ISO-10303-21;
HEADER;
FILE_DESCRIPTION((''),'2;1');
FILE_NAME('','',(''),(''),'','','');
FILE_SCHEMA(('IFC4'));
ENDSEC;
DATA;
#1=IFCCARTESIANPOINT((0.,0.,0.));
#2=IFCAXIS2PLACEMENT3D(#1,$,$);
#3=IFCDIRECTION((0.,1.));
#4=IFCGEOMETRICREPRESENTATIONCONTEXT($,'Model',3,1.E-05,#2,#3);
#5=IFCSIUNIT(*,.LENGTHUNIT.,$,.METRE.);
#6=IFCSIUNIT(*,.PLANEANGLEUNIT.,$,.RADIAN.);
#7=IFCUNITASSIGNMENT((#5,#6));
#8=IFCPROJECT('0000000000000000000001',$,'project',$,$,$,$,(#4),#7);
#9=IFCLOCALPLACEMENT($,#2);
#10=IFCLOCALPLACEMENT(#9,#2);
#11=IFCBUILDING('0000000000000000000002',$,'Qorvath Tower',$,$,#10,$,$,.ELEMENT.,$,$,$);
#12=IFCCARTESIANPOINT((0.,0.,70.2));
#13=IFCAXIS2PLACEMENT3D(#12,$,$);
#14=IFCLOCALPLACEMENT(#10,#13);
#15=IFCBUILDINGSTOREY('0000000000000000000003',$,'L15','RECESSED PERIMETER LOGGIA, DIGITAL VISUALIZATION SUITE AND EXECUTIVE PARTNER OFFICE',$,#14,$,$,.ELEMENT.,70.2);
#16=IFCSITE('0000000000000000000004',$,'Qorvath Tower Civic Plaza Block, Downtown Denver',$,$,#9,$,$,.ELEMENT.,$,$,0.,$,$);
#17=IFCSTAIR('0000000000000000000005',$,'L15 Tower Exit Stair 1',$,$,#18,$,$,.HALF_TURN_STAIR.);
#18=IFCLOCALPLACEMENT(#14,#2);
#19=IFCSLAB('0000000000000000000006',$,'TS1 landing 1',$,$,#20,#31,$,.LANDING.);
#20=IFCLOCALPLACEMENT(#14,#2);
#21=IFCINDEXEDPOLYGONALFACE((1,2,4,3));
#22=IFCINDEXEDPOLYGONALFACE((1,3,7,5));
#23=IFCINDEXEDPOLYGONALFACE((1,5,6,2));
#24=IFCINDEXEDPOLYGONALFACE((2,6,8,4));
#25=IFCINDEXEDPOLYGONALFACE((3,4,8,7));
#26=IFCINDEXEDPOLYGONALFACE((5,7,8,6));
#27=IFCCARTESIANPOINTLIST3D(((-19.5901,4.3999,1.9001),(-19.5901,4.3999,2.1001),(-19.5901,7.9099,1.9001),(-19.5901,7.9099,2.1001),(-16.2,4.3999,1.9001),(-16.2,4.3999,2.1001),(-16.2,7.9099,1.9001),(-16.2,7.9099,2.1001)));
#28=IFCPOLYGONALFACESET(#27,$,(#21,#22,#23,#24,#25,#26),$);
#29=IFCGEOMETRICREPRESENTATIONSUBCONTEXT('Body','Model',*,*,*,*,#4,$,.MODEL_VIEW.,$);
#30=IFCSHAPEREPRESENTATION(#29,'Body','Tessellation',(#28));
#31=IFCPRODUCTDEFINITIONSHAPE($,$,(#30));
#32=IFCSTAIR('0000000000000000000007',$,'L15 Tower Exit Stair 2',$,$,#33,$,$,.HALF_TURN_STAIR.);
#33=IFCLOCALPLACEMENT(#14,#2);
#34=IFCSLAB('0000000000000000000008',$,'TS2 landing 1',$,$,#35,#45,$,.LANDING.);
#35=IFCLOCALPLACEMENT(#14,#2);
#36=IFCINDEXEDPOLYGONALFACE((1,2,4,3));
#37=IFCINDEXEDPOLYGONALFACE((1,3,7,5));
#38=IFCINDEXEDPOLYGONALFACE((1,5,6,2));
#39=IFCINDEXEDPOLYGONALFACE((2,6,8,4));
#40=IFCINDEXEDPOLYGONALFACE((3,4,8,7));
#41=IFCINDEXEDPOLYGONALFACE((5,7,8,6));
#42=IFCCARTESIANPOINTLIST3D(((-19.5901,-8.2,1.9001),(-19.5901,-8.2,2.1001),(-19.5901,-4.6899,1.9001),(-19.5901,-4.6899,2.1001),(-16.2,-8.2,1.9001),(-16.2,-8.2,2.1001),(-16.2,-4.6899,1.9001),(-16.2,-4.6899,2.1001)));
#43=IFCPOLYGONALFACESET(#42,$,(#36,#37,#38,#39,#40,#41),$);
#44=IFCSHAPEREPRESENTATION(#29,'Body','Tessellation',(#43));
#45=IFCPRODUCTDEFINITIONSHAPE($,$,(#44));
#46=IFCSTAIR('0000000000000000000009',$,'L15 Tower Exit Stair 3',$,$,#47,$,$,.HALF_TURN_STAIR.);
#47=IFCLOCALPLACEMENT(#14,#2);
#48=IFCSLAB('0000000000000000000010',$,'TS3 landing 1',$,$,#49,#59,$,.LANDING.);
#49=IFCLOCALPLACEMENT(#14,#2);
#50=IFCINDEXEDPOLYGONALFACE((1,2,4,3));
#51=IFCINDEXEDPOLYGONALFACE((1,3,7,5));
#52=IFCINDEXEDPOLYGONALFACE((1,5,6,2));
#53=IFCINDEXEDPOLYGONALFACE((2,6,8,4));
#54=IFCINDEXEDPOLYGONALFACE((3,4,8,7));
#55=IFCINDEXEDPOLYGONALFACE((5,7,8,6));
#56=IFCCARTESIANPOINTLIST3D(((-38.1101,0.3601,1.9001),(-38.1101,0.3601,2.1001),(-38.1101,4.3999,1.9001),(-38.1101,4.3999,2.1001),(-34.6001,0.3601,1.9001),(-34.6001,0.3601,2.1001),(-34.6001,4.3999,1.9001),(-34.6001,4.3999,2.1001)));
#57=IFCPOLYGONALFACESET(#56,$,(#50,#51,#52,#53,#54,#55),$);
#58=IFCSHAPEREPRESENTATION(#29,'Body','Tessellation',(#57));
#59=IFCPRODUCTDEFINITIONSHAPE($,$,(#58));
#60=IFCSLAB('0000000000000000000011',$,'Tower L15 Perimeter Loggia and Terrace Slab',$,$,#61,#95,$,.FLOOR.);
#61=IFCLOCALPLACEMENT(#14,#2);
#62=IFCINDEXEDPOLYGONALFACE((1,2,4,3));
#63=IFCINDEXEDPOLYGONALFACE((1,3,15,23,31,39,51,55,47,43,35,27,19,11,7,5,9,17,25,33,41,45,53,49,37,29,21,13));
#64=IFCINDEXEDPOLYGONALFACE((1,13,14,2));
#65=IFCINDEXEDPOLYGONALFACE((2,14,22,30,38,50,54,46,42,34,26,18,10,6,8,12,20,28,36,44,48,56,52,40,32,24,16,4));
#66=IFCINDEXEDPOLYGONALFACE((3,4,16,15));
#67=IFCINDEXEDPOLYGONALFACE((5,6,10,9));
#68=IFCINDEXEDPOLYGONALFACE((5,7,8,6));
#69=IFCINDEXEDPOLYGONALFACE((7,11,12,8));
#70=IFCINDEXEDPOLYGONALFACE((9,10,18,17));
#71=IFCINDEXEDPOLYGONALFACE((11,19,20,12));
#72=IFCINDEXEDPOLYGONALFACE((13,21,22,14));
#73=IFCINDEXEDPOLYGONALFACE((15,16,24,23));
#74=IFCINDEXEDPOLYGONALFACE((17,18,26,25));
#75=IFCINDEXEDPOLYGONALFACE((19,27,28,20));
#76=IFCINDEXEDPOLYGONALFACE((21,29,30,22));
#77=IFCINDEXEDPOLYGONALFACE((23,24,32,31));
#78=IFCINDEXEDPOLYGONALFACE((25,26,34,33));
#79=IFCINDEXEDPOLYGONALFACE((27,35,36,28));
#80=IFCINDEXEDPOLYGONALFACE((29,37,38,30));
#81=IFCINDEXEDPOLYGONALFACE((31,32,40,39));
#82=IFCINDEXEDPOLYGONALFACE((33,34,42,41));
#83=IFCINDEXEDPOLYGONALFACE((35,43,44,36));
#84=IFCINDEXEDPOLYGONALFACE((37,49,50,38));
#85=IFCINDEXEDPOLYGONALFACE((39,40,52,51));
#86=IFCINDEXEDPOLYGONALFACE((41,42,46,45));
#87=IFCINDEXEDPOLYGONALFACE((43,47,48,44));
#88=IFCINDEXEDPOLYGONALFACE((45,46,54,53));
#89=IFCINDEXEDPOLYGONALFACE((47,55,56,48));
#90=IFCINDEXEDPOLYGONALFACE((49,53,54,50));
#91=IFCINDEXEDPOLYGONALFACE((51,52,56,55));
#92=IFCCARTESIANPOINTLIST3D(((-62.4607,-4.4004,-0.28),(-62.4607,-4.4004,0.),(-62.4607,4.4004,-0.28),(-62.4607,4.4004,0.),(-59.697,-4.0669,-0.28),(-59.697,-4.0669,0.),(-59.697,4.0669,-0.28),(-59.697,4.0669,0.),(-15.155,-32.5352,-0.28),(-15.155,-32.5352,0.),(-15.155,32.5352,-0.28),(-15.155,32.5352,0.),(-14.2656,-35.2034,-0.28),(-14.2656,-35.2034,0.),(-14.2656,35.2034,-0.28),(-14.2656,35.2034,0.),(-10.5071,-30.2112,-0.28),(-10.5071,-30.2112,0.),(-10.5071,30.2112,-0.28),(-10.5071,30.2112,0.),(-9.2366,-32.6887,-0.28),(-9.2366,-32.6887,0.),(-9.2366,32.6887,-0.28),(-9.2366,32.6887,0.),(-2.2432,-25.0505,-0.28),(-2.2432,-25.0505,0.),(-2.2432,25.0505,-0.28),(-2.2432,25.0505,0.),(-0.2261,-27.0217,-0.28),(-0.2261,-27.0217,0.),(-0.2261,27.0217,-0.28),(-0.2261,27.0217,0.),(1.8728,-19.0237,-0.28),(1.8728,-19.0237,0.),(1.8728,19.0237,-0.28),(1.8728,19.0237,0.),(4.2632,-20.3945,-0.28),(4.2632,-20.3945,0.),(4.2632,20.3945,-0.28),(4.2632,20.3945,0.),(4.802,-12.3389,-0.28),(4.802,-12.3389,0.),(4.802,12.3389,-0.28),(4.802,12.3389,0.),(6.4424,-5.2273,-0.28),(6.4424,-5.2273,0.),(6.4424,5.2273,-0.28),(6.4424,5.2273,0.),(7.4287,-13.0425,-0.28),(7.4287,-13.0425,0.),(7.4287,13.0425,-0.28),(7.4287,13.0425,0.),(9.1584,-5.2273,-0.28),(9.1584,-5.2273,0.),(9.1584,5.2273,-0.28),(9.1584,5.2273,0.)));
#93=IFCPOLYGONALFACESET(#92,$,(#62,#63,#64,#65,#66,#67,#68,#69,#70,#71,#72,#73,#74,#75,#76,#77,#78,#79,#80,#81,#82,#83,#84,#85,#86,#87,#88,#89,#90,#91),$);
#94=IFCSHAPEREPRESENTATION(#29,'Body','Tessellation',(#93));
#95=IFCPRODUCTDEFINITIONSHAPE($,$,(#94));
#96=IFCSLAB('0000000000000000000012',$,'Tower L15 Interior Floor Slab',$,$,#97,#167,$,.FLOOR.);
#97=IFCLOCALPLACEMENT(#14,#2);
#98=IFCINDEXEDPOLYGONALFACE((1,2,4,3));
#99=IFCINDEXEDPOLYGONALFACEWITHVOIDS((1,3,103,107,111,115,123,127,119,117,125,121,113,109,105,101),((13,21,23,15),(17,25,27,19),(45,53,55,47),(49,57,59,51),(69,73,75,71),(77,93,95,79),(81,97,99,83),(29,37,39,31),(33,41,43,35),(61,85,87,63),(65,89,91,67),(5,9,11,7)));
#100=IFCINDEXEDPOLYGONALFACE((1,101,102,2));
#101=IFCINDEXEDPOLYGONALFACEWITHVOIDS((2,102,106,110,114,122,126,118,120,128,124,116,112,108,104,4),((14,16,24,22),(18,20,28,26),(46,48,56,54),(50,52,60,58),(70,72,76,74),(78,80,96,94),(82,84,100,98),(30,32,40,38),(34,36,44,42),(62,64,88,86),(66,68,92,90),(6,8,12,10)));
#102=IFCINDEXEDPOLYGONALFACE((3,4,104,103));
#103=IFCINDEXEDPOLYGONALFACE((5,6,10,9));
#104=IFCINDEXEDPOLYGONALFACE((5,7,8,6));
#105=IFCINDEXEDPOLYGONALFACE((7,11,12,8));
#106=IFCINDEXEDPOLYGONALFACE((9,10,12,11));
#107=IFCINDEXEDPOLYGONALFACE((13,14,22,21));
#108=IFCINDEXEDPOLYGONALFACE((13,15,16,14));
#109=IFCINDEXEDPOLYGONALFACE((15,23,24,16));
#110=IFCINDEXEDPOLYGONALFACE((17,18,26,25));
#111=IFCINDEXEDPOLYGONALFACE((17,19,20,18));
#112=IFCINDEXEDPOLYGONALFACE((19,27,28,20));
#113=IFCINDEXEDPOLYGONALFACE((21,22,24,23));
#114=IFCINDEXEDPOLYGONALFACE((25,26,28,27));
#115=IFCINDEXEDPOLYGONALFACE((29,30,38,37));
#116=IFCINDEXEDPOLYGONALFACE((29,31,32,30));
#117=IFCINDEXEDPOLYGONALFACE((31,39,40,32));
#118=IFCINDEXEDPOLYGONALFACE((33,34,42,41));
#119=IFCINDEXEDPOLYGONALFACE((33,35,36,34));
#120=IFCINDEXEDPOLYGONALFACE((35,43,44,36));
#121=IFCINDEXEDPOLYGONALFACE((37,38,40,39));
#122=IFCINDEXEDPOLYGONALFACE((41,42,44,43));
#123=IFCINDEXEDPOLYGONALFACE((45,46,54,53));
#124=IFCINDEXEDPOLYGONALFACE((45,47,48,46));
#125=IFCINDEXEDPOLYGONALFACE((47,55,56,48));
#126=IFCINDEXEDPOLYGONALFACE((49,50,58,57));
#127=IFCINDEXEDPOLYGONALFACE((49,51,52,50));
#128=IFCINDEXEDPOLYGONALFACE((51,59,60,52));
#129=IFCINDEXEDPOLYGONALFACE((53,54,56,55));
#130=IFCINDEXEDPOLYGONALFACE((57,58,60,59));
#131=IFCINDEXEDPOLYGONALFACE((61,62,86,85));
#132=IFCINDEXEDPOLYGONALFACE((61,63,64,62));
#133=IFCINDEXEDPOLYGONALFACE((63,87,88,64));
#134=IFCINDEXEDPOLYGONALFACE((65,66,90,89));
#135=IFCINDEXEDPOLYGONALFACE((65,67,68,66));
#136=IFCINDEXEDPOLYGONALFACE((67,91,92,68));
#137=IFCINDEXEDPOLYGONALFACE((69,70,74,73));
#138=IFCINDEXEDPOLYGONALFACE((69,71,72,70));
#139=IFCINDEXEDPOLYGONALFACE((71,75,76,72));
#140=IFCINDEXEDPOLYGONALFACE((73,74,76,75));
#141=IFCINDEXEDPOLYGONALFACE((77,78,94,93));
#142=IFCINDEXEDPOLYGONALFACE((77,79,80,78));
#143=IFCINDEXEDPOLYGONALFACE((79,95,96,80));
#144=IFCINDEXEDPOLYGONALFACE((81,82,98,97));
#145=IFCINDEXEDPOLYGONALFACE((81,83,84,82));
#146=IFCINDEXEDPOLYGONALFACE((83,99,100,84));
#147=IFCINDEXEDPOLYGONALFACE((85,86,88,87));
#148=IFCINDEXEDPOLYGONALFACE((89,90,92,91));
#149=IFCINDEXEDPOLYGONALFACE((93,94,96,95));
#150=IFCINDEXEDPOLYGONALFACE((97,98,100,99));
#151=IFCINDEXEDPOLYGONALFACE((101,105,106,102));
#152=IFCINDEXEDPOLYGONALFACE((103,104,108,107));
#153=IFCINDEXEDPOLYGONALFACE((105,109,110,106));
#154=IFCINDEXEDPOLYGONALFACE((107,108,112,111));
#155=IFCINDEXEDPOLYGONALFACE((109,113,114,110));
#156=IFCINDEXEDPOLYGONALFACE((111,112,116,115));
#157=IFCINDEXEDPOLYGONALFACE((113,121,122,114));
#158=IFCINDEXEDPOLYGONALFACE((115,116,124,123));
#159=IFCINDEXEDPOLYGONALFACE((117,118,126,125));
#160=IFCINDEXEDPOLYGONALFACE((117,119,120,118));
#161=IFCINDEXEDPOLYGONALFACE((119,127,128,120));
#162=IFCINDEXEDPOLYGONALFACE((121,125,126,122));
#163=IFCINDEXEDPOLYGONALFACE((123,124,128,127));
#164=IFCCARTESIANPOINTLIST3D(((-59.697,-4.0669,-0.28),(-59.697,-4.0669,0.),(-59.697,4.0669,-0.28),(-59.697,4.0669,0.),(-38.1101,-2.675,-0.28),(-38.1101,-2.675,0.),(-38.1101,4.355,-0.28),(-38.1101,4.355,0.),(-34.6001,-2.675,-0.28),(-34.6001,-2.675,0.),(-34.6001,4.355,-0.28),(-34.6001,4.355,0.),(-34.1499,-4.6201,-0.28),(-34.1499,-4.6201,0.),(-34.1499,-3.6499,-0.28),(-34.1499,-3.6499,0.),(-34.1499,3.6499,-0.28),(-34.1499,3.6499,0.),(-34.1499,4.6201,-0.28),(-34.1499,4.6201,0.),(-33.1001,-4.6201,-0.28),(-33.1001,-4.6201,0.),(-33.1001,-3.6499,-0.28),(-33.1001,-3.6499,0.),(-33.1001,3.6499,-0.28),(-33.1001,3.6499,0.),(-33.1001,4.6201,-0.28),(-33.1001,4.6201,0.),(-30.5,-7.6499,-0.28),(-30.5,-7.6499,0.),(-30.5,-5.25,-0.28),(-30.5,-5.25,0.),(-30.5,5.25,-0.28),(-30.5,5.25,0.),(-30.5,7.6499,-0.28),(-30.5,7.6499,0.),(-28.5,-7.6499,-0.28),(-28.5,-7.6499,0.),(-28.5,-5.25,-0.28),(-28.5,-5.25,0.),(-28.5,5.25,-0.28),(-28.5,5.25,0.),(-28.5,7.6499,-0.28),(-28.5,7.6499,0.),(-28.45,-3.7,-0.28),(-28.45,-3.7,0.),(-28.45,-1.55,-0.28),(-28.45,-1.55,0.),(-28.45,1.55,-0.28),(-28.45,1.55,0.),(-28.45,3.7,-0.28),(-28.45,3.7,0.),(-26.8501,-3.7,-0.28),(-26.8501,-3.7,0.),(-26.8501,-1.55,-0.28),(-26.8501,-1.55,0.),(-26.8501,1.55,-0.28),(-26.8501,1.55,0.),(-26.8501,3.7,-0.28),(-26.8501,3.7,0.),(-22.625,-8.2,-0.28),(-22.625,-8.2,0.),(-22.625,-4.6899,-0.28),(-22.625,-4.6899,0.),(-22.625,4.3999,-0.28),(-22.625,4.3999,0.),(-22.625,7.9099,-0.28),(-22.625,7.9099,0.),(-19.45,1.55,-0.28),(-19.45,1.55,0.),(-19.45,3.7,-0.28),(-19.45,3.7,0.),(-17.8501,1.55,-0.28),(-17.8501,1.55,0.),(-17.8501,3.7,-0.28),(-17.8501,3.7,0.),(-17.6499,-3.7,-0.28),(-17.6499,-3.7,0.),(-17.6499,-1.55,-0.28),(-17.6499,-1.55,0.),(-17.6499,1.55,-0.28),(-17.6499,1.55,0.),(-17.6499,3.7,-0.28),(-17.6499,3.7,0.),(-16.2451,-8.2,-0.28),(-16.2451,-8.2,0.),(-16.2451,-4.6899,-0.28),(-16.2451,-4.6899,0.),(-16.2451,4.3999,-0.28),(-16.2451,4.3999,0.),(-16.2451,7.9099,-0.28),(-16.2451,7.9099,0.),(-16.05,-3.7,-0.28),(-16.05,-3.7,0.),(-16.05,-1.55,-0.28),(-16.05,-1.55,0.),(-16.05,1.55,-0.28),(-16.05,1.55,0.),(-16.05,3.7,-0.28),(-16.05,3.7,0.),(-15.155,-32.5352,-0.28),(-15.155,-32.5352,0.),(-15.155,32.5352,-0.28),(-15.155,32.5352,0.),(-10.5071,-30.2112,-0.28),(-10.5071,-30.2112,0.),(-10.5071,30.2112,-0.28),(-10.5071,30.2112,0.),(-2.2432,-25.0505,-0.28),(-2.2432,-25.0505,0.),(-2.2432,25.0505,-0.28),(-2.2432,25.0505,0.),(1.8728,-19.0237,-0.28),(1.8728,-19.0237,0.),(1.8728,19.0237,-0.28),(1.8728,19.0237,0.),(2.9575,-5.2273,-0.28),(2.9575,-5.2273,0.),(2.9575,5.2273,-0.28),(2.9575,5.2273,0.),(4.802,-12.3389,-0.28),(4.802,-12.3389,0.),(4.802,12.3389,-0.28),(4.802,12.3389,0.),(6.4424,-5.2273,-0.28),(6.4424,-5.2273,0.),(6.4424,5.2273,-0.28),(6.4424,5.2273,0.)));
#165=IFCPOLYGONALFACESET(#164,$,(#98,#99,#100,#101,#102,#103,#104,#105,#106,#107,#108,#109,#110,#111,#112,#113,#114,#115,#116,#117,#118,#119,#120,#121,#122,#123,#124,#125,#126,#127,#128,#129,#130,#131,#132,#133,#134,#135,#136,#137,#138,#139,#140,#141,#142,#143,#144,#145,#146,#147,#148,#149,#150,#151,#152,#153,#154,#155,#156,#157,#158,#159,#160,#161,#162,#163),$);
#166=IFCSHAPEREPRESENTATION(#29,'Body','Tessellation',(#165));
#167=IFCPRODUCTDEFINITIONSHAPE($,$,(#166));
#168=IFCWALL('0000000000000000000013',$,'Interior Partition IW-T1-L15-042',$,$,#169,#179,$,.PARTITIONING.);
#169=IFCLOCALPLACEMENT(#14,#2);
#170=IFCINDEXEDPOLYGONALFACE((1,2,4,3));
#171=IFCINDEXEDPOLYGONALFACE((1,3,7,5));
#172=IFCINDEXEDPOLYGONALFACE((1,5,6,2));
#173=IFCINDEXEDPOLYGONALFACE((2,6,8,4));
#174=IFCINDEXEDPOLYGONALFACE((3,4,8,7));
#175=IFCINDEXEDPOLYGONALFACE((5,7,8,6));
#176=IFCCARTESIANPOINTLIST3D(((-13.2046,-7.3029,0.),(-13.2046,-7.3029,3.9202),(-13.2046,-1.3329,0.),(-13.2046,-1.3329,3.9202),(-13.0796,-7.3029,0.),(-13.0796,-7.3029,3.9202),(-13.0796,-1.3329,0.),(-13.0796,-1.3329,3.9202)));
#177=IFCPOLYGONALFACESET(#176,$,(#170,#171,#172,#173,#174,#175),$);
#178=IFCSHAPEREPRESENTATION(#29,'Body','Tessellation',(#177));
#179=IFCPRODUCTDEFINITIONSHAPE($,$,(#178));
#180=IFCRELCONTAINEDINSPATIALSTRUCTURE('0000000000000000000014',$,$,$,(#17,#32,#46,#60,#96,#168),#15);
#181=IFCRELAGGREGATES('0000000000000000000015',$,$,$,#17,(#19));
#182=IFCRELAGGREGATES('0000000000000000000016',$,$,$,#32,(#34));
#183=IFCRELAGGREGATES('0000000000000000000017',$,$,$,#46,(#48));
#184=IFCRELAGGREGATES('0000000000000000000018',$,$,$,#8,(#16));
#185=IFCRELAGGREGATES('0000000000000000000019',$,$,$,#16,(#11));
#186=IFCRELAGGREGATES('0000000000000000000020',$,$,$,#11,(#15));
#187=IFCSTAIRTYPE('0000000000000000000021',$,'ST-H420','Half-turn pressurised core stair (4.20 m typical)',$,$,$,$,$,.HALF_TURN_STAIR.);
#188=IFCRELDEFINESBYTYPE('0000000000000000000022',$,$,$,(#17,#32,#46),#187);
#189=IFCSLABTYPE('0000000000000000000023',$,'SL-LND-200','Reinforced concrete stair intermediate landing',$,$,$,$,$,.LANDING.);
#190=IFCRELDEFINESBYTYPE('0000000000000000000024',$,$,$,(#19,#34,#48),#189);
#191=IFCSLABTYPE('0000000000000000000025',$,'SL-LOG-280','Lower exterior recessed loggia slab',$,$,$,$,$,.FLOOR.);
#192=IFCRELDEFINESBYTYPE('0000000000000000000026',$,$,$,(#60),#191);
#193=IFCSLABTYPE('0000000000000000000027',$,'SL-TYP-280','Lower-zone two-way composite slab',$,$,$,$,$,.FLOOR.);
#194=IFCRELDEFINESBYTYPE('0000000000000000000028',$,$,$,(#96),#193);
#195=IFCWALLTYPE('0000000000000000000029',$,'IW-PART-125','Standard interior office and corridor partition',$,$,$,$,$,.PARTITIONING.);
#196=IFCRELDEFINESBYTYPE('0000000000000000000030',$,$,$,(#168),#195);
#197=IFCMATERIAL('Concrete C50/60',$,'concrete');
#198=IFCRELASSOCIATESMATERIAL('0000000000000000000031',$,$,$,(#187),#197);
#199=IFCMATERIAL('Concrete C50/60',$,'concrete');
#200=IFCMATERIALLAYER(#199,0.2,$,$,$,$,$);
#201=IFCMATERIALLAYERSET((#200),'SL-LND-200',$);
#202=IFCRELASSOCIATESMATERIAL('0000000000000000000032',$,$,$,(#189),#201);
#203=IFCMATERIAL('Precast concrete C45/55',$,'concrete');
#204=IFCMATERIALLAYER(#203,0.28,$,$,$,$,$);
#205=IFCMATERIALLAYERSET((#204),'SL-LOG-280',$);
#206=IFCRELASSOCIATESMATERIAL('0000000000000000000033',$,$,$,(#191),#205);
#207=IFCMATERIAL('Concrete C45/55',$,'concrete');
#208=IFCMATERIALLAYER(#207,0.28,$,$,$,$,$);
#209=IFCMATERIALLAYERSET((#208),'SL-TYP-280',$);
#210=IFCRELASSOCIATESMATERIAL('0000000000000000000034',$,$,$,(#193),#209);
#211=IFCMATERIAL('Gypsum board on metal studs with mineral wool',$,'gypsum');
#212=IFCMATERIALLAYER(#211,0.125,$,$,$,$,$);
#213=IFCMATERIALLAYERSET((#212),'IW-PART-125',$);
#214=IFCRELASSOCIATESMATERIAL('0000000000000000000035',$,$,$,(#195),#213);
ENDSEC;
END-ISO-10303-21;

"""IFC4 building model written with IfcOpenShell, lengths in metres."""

from ifc_helpers import new_model, si_unit, direction, frame, frame_2d, origin, place, context, subcontext, project, spatial, polyline, rectangle, outline, extrude, material, layer, layer_set, type_object, element, aggregate, save


model = new_model("IFC4")

# Units and contexts
model_context = context("Model", 3, precision=1e-05, world=origin(), true_north=direction((0.0, 1.0)))
body_context = subcontext(model_context, "Body", "Model", "MODEL_VIEW")
ifc_project = project(units=[si_unit("LENGTHUNIT", "METRE"), si_unit("PLANEANGLEUNIT", "RADIAN")], contexts=[model_context])

# Site, building, storey
site_placement = place(None, origin())
site = spatial("IfcSite", under=ifc_project, at=site_placement, Name="Qorvath Tower Civic Plaza Block, Downtown Denver", CompositionType="ELEMENT", RefElevation=0.0)
building_placement = place(site_placement, origin())
building = spatial("IfcBuilding", under=site, at=building_placement, Name="Qorvath Tower", CompositionType="ELEMENT")
storey_placement = place(building_placement, frame((0.0, 0.0, 70.2)))
storey = spatial("IfcBuildingStorey", under=building, at=storey_placement, Name="L15", Description="RECESSED PERIMETER LOGGIA, DIGITAL VISUALIZATION SUITE AND EXECUTIVE PARTNER OFFICE", CompositionType="ELEMENT", Elevation=70.2)

# Stairs, slabs
ifc_material_1 = material(Name="Concrete C50/60", Category="concrete")
stair_type = type_object("IfcStairType", Name="ST-H420", Description="Half-turn pressurised core stair (4.20 m typical)", PredefinedType="HALF_TURN_STAIR", material=ifc_material_1)
stair_1_placement = place(storey_placement, origin())
stair_1 = element("IfcStair", 1, at=stair_1_placement, inside=storey, type_object=stair_type, Name="L15 Tower Exit Stair 1", PredefinedType="HALF_TURN_STAIR")
ifc_material_2 = material(Name="Concrete C50/60", Category="concrete")
ifc_layer_1 = layer(ifc_material_2, 0.2)
ifc_layer_set_1 = layer_set([ifc_layer_1], Name="SL-LND-200")
slab_type_1 = type_object("IfcSlabType", Name="SL-LND-200", Description="Reinforced concrete stair intermediate landing", PredefinedType="LANDING", material=ifc_layer_set_1)
slab_1_placement = place(storey_placement, frame((0.0, 0.0, 1.9001)))
slab_1 = element("IfcSlab", 2, at=slab_1_placement, type_object=slab_type_1, Name="TS1 landing 1", PredefinedType="LANDING", context=body_context, shape_type="SweptSolid", body=[
    extrude(outline(polyline([(-19.5901, 4.3999), (-16.2, 4.3999), (-16.2, 7.9099), (-19.5901, 7.9099), (-19.5901, 4.3999)])), origin(), (0.0, 0.0, 1.0), 0.2),
])
aggregate(stair_1, [slab_1])
stair_2_placement = place(storey_placement, origin())
stair_2 = element("IfcStair", 3, at=stair_2_placement, inside=storey, type_object=stair_type, Name="L15 Tower Exit Stair 2", PredefinedType="HALF_TURN_STAIR")
slab_2_placement = place(storey_placement, frame((0.0, 0.0, 1.9001)))
slab_2 = element("IfcSlab", 4, at=slab_2_placement, type_object=slab_type_1, Name="TS2 landing 1", PredefinedType="LANDING", context=body_context, shape_type="SweptSolid", body=[
    extrude(outline(polyline([(-19.5901, -8.2), (-16.2, -8.2), (-16.2, -4.6899), (-19.5901, -4.6899), (-19.5901, -8.2)])), origin(), (0.0, 0.0, 1.0), 0.2),
])
aggregate(stair_2, [slab_2])
stair_3_placement = place(storey_placement, origin())
stair_3 = element("IfcStair", 5, at=stair_3_placement, inside=storey, type_object=stair_type, Name="L15 Tower Exit Stair 3", PredefinedType="HALF_TURN_STAIR")
slab_3_placement = place(storey_placement, frame((0.0, 0.0, 1.9001)))
slab_3 = element("IfcSlab", 6, at=slab_3_placement, type_object=slab_type_1, Name="TS3 landing 1", PredefinedType="LANDING", context=body_context, shape_type="SweptSolid", body=[
    extrude(outline(polyline([(-34.6001, 0.3601), (-34.6001, 4.3999), (-38.1101, 4.3999), (-38.1101, 0.3601), (-34.6001, 0.3601)])), origin(), (0.0, 0.0, 1.0), 0.2),
])
aggregate(stair_3, [slab_3])

# Slabs
ifc_material_3 = material(Name="Precast concrete C45/55", Category="concrete")
ifc_layer_2 = layer(ifc_material_3, 0.28)
ifc_layer_set_2 = layer_set([ifc_layer_2], Name="SL-LOG-280")
slab_type_2 = type_object("IfcSlabType", Name="SL-LOG-280", Description="Lower exterior recessed loggia slab", PredefinedType="FLOOR", material=ifc_layer_set_2)
slab_4_placement = place(storey_placement, frame((0.0, 0.0, -0.28)))
element("IfcSlab", 7, at=slab_4_placement, inside=storey, type_object=slab_type_2, Name="Tower L15 Perimeter Loggia and Terrace Slab", PredefinedType="FLOOR", context=body_context, shape_type="SweptSolid", body=[
    extrude(outline(polyline([(6.4424, -5.2273), (4.802, -12.3389), (1.8728, -19.0237), (-2.2432, -25.0505), (-10.5071, -30.2112), (-15.155, -32.5352), (-59.697, -4.0669), (-59.697, 4.0669), (-15.155, 32.5352), (-10.5071, 30.2112), (-2.2432, 25.0505), (1.8728, 19.0237), (4.802, 12.3389), (6.4424, 5.2273), (9.1584, 5.2273), (7.4287, 13.0425), (4.2632, 20.3945), (-0.2261, 27.0217), (-9.2366, 32.6887), (-14.2656, 35.2034), (-62.4607, 4.4004), (-62.4607, -4.4004), (-14.2656, -35.2034), (-9.2366, -32.6887), (-0.2261, -27.0217), (4.2632, -20.3945), (7.4287, -13.0425), (9.1584, -5.2273), (6.4424, -5.2273)])), origin(), (0.0, 0.0, 1.0), 0.28),
])
ifc_material_4 = material(Name="Concrete C45/55", Category="concrete")
ifc_layer_3 = layer(ifc_material_4, 0.28)
ifc_layer_set_3 = layer_set([ifc_layer_3], Name="SL-TYP-280")
slab_type_3 = type_object("IfcSlabType", Name="SL-TYP-280", Description="Lower-zone two-way composite slab", PredefinedType="FLOOR", material=ifc_layer_set_3)
slab_5_placement = place(storey_placement, frame((0.0, 0.0, -0.28)))
element("IfcSlab", 8, at=slab_5_placement, inside=storey, type_object=slab_type_3, Name="Tower L15 Interior Floor Slab", PredefinedType="FLOOR", context=body_context, shape_type="SweptSolid", body=[
    extrude(outline(polyline([(-59.697, 4.0669), (-59.697, -4.0669), (-15.155, -32.5352), (-10.5071, -30.2112), (-2.2432, -25.0505), (1.8728, -19.0237), (4.802, -12.3389), (6.4424, -5.2273), (2.9575, -5.2273), (2.9575, 5.2273), (6.4424, 5.2273), (4.802, 12.3389), (1.8728, 19.0237), (-2.2432, 25.0505), (-10.5071, 30.2112), (-15.155, 32.5352), (-59.697, 4.0669)]), holes=[polyline([(-17.6499, -3.7), (-17.6499, -1.55), (-16.05, -1.55), (-16.05, -3.7), (-17.6499, -3.7)]), polyline([(-17.6499, 1.55), (-17.6499, 3.7), (-16.05, 3.7), (-16.05, 1.55), (-17.6499, 1.55)]), polyline([(-16.2451, -8.2), (-22.625, -8.2), (-22.625, -4.6899), (-16.2451, -4.6899), (-16.2451, -8.2)]), polyline([(-22.625, 4.3999), (-22.625, 7.9099), (-16.2451, 7.9099), (-16.2451, 4.3999), (-22.625, 4.3999)]), polyline([(-17.8501, 1.55), (-19.45, 1.55), (-19.45, 3.7), (-17.8501, 3.7), (-17.8501, 1.55)]), polyline([(-28.45, -3.7), (-28.45, -1.55), (-26.8501, -1.55), (-26.8501, -3.7), (-28.45, -3.7)]), polyline([(-26.8501, 1.55), (-28.45, 1.55), (-28.45, 3.7), (-26.8501, 3.7), (-26.8501, 1.55)]), polyline([(-28.5, -7.6499), (-30.5, -7.6499), (-30.5, -5.25), (-28.5, -5.25), (-28.5, -7.6499)]), polyline([(-30.5, 5.25), (-30.5, 7.6499), (-28.5, 7.6499), (-28.5, 5.25), (-30.5, 5.25)]), polyline([(-34.1499, -4.6201), (-34.1499, -3.6499), (-33.1001, -3.6499), (-33.1001, -4.6201), (-34.1499, -4.6201)]), polyline([(-34.1499, 3.6499), (-34.1499, 4.6201), (-33.1001, 4.6201), (-33.1001, 3.6499), (-34.1499, 3.6499)]), polyline([(-34.6001, -2.675), (-38.1101, -2.675), (-38.1101, 4.355), (-34.6001, 4.355), (-34.6001, -2.675)])]), origin(), (0.0, 0.0, 1.0), 0.28),
])

# Wall
ifc_material_5 = material(Name="Gypsum board on metal studs with mineral wool", Category="gypsum")
ifc_layer_4 = layer(ifc_material_5, 0.125)
ifc_layer_set_4 = layer_set([ifc_layer_4], Name="IW-PART-125")
wall_type_1 = type_object("IfcWallType", Name="IW-PART-125", Description="Standard interior office and corridor partition", PredefinedType="PARTITIONING", material=ifc_layer_set_4)
wall_1_placement = place(storey_placement, frame((-13.1421, -1.333, 0.0), z_axis=(0.0, 0.0, 1.0), x_axis=(0.0, -1.0, 0.0)))
element("IfcWall", 9, at=wall_1_placement, inside=storey, type_object=wall_type_1, Name="Interior Partition IW-T1-L15-042", PredefinedType="PARTITIONING", context=body_context, shape_type="SweptSolid", body=[
    extrude(rectangle(XDim=5.97, YDim=0.125, at=frame_2d((2.9849, 0.0))), origin(), (0.0, 0.0, 1.0), 3.9202),
])

save(model, "model.ifc")
